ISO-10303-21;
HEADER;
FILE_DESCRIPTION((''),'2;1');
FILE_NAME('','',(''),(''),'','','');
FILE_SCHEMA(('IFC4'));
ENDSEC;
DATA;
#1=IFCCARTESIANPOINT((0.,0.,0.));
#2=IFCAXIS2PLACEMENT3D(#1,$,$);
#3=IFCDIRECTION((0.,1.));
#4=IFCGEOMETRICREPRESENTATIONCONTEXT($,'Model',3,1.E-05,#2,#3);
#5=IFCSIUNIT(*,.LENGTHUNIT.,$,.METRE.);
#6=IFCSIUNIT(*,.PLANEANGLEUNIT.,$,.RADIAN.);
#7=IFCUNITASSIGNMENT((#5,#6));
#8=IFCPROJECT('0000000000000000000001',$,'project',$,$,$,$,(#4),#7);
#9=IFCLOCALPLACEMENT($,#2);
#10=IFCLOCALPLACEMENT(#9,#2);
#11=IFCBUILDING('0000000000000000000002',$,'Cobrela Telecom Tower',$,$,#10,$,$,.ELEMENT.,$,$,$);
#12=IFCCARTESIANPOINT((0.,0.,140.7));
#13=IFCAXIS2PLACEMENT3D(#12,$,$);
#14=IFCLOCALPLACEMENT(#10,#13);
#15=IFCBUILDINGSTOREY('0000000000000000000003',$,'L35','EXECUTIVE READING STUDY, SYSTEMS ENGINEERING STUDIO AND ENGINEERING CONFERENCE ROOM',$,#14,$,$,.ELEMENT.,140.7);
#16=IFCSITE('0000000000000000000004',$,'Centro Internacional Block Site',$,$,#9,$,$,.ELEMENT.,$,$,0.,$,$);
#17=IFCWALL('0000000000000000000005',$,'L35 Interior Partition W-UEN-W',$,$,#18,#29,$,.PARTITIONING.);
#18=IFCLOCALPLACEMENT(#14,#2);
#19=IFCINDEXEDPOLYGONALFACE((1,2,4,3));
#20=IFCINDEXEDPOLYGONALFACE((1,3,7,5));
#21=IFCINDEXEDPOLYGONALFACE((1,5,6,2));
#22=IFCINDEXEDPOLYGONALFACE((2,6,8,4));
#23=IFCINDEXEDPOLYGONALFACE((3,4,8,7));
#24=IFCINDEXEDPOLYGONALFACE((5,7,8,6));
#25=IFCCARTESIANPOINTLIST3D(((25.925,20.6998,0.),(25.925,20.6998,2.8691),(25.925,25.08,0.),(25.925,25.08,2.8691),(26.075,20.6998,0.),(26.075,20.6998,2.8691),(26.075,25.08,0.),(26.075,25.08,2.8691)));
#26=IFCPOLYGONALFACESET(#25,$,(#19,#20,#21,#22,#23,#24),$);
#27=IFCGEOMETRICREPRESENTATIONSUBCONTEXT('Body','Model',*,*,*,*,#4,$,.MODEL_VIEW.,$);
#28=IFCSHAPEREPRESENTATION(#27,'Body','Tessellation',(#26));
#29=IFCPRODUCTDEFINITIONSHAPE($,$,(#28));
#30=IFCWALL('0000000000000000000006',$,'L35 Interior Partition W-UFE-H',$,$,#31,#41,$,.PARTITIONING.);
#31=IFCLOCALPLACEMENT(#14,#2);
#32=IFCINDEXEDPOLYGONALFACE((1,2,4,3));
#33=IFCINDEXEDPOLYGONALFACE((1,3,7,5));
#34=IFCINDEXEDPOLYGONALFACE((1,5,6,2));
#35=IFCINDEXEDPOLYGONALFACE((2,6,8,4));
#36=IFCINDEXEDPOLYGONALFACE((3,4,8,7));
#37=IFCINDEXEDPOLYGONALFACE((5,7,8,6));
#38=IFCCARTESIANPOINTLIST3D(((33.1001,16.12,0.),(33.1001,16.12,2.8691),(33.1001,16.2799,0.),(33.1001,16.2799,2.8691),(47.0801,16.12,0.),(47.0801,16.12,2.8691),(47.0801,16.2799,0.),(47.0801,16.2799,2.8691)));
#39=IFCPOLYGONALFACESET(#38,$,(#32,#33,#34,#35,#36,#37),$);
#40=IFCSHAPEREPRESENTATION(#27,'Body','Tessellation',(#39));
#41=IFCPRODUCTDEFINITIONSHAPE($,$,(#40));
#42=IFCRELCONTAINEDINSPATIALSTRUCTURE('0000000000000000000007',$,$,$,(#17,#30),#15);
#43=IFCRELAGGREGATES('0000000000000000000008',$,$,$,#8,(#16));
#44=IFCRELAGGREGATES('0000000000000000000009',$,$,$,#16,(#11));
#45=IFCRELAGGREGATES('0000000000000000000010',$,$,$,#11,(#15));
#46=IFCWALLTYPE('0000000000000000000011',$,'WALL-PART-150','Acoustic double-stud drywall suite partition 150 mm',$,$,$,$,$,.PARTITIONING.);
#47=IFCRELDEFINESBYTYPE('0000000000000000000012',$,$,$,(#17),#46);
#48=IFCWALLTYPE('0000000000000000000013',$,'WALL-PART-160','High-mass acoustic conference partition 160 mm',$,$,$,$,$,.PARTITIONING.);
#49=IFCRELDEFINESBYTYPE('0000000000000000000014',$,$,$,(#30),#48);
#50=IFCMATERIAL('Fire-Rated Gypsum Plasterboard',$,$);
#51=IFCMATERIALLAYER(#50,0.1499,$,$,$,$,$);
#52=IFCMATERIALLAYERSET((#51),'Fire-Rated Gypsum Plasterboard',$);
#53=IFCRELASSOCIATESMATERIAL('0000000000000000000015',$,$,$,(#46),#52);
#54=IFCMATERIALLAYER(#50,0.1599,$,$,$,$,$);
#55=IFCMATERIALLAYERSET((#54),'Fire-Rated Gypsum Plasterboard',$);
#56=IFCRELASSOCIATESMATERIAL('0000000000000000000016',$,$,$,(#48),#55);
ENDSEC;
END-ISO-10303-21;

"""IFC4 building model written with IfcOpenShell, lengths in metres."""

from ifc_helpers import new_model, si_unit, direction, frame, frame_2d, origin, place, context, subcontext, project, spatial, rectangle, extrude, material, layer, layer_set, type_object, element, save


model = new_model("IFC4")

# Units and contexts
model_context = context("Model", 3, precision=1e-05, world=origin(), true_north=direction((0.0, 1.0)))
body_context = subcontext(model_context, "Body", "Model", "MODEL_VIEW")
ifc_project = project(units=[si_unit("LENGTHUNIT", "METRE"), si_unit("PLANEANGLEUNIT", "RADIAN")], contexts=[model_context])

# Site, building, storey
site_placement = place(None, origin())
site = spatial("IfcSite", under=ifc_project, at=site_placement, Name="Centro Internacional Block Site", CompositionType="ELEMENT", RefElevation=0.0)
building_placement = place(site_placement, origin())
building = spatial("IfcBuilding", under=site, at=building_placement, Name="Cobrela Telecom Tower", CompositionType="ELEMENT")
storey_placement = place(building_placement, frame((0.0, 0.0, 140.7)))
storey = spatial("IfcBuildingStorey", under=building, at=storey_placement, Name="L35", Description="EXECUTIVE READING STUDY, SYSTEMS ENGINEERING STUDIO AND ENGINEERING CONFERENCE ROOM", CompositionType="ELEMENT", Elevation=140.7)

# Walls
ifc_material_1 = material(Name="Fire-Rated Gypsum Plasterboard")
ifc_layer_1 = layer(ifc_material_1, 0.1499)
ifc_layer_set_1 = layer_set([ifc_layer_1], Name="Fire-Rated Gypsum Plasterboard")
wall_type_1 = type_object("IfcWallType", Name="WALL-PART-150", Description="Acoustic double-stud drywall suite partition 150 mm", PredefinedType="PARTITIONING", material=ifc_layer_set_1)
wall_1_placement = place(storey_placement, frame((26.0, 20.7, 0.0), z_axis=(0.0, 0.0, 1.0), x_axis=(0.0, 1.0, 0.0)))
element("IfcWall", 1, at=wall_1_placement, inside=storey, type_object=wall_type_1, Name="L35 Interior Partition W-UEN-W", PredefinedType="PARTITIONING", context=body_context, shape_type="SweptSolid", body=[
    extrude(rectangle(XDim=4.3801, YDim=0.1499, at=frame_2d((2.1899, 0.0))), origin(), (0.0, 0.0, 1.0), 2.8691),
])
ifc_layer_2 = layer(ifc_material_1, 0.1599)
ifc_layer_set_2 = layer_set([ifc_layer_2], Name="Fire-Rated Gypsum Plasterboard")
wall_type_2 = type_object("IfcWallType", Name="WALL-PART-160", Description="High-mass acoustic conference partition 160 mm", PredefinedType="PARTITIONING", material=ifc_layer_set_2)
wall_2_placement = place(storey_placement, frame((33.1001, 16.2, 0.0), z_axis=(0.0, 0.0, 1.0), x_axis=(1.0, 0.0, 0.0)))
element("IfcWall", 2, at=wall_2_placement, inside=storey, type_object=wall_type_2, Name="L35 Interior Partition W-UFE-H", PredefinedType="PARTITIONING", context=body_context, shape_type="SweptSolid", body=[
    extrude(rectangle(XDim=13.98, YDim=0.1599, at=frame_2d((6.99, 0.0))), origin(), (0.0, 0.0, 1.0), 2.8691),
])

save(model, "model.ifc")
